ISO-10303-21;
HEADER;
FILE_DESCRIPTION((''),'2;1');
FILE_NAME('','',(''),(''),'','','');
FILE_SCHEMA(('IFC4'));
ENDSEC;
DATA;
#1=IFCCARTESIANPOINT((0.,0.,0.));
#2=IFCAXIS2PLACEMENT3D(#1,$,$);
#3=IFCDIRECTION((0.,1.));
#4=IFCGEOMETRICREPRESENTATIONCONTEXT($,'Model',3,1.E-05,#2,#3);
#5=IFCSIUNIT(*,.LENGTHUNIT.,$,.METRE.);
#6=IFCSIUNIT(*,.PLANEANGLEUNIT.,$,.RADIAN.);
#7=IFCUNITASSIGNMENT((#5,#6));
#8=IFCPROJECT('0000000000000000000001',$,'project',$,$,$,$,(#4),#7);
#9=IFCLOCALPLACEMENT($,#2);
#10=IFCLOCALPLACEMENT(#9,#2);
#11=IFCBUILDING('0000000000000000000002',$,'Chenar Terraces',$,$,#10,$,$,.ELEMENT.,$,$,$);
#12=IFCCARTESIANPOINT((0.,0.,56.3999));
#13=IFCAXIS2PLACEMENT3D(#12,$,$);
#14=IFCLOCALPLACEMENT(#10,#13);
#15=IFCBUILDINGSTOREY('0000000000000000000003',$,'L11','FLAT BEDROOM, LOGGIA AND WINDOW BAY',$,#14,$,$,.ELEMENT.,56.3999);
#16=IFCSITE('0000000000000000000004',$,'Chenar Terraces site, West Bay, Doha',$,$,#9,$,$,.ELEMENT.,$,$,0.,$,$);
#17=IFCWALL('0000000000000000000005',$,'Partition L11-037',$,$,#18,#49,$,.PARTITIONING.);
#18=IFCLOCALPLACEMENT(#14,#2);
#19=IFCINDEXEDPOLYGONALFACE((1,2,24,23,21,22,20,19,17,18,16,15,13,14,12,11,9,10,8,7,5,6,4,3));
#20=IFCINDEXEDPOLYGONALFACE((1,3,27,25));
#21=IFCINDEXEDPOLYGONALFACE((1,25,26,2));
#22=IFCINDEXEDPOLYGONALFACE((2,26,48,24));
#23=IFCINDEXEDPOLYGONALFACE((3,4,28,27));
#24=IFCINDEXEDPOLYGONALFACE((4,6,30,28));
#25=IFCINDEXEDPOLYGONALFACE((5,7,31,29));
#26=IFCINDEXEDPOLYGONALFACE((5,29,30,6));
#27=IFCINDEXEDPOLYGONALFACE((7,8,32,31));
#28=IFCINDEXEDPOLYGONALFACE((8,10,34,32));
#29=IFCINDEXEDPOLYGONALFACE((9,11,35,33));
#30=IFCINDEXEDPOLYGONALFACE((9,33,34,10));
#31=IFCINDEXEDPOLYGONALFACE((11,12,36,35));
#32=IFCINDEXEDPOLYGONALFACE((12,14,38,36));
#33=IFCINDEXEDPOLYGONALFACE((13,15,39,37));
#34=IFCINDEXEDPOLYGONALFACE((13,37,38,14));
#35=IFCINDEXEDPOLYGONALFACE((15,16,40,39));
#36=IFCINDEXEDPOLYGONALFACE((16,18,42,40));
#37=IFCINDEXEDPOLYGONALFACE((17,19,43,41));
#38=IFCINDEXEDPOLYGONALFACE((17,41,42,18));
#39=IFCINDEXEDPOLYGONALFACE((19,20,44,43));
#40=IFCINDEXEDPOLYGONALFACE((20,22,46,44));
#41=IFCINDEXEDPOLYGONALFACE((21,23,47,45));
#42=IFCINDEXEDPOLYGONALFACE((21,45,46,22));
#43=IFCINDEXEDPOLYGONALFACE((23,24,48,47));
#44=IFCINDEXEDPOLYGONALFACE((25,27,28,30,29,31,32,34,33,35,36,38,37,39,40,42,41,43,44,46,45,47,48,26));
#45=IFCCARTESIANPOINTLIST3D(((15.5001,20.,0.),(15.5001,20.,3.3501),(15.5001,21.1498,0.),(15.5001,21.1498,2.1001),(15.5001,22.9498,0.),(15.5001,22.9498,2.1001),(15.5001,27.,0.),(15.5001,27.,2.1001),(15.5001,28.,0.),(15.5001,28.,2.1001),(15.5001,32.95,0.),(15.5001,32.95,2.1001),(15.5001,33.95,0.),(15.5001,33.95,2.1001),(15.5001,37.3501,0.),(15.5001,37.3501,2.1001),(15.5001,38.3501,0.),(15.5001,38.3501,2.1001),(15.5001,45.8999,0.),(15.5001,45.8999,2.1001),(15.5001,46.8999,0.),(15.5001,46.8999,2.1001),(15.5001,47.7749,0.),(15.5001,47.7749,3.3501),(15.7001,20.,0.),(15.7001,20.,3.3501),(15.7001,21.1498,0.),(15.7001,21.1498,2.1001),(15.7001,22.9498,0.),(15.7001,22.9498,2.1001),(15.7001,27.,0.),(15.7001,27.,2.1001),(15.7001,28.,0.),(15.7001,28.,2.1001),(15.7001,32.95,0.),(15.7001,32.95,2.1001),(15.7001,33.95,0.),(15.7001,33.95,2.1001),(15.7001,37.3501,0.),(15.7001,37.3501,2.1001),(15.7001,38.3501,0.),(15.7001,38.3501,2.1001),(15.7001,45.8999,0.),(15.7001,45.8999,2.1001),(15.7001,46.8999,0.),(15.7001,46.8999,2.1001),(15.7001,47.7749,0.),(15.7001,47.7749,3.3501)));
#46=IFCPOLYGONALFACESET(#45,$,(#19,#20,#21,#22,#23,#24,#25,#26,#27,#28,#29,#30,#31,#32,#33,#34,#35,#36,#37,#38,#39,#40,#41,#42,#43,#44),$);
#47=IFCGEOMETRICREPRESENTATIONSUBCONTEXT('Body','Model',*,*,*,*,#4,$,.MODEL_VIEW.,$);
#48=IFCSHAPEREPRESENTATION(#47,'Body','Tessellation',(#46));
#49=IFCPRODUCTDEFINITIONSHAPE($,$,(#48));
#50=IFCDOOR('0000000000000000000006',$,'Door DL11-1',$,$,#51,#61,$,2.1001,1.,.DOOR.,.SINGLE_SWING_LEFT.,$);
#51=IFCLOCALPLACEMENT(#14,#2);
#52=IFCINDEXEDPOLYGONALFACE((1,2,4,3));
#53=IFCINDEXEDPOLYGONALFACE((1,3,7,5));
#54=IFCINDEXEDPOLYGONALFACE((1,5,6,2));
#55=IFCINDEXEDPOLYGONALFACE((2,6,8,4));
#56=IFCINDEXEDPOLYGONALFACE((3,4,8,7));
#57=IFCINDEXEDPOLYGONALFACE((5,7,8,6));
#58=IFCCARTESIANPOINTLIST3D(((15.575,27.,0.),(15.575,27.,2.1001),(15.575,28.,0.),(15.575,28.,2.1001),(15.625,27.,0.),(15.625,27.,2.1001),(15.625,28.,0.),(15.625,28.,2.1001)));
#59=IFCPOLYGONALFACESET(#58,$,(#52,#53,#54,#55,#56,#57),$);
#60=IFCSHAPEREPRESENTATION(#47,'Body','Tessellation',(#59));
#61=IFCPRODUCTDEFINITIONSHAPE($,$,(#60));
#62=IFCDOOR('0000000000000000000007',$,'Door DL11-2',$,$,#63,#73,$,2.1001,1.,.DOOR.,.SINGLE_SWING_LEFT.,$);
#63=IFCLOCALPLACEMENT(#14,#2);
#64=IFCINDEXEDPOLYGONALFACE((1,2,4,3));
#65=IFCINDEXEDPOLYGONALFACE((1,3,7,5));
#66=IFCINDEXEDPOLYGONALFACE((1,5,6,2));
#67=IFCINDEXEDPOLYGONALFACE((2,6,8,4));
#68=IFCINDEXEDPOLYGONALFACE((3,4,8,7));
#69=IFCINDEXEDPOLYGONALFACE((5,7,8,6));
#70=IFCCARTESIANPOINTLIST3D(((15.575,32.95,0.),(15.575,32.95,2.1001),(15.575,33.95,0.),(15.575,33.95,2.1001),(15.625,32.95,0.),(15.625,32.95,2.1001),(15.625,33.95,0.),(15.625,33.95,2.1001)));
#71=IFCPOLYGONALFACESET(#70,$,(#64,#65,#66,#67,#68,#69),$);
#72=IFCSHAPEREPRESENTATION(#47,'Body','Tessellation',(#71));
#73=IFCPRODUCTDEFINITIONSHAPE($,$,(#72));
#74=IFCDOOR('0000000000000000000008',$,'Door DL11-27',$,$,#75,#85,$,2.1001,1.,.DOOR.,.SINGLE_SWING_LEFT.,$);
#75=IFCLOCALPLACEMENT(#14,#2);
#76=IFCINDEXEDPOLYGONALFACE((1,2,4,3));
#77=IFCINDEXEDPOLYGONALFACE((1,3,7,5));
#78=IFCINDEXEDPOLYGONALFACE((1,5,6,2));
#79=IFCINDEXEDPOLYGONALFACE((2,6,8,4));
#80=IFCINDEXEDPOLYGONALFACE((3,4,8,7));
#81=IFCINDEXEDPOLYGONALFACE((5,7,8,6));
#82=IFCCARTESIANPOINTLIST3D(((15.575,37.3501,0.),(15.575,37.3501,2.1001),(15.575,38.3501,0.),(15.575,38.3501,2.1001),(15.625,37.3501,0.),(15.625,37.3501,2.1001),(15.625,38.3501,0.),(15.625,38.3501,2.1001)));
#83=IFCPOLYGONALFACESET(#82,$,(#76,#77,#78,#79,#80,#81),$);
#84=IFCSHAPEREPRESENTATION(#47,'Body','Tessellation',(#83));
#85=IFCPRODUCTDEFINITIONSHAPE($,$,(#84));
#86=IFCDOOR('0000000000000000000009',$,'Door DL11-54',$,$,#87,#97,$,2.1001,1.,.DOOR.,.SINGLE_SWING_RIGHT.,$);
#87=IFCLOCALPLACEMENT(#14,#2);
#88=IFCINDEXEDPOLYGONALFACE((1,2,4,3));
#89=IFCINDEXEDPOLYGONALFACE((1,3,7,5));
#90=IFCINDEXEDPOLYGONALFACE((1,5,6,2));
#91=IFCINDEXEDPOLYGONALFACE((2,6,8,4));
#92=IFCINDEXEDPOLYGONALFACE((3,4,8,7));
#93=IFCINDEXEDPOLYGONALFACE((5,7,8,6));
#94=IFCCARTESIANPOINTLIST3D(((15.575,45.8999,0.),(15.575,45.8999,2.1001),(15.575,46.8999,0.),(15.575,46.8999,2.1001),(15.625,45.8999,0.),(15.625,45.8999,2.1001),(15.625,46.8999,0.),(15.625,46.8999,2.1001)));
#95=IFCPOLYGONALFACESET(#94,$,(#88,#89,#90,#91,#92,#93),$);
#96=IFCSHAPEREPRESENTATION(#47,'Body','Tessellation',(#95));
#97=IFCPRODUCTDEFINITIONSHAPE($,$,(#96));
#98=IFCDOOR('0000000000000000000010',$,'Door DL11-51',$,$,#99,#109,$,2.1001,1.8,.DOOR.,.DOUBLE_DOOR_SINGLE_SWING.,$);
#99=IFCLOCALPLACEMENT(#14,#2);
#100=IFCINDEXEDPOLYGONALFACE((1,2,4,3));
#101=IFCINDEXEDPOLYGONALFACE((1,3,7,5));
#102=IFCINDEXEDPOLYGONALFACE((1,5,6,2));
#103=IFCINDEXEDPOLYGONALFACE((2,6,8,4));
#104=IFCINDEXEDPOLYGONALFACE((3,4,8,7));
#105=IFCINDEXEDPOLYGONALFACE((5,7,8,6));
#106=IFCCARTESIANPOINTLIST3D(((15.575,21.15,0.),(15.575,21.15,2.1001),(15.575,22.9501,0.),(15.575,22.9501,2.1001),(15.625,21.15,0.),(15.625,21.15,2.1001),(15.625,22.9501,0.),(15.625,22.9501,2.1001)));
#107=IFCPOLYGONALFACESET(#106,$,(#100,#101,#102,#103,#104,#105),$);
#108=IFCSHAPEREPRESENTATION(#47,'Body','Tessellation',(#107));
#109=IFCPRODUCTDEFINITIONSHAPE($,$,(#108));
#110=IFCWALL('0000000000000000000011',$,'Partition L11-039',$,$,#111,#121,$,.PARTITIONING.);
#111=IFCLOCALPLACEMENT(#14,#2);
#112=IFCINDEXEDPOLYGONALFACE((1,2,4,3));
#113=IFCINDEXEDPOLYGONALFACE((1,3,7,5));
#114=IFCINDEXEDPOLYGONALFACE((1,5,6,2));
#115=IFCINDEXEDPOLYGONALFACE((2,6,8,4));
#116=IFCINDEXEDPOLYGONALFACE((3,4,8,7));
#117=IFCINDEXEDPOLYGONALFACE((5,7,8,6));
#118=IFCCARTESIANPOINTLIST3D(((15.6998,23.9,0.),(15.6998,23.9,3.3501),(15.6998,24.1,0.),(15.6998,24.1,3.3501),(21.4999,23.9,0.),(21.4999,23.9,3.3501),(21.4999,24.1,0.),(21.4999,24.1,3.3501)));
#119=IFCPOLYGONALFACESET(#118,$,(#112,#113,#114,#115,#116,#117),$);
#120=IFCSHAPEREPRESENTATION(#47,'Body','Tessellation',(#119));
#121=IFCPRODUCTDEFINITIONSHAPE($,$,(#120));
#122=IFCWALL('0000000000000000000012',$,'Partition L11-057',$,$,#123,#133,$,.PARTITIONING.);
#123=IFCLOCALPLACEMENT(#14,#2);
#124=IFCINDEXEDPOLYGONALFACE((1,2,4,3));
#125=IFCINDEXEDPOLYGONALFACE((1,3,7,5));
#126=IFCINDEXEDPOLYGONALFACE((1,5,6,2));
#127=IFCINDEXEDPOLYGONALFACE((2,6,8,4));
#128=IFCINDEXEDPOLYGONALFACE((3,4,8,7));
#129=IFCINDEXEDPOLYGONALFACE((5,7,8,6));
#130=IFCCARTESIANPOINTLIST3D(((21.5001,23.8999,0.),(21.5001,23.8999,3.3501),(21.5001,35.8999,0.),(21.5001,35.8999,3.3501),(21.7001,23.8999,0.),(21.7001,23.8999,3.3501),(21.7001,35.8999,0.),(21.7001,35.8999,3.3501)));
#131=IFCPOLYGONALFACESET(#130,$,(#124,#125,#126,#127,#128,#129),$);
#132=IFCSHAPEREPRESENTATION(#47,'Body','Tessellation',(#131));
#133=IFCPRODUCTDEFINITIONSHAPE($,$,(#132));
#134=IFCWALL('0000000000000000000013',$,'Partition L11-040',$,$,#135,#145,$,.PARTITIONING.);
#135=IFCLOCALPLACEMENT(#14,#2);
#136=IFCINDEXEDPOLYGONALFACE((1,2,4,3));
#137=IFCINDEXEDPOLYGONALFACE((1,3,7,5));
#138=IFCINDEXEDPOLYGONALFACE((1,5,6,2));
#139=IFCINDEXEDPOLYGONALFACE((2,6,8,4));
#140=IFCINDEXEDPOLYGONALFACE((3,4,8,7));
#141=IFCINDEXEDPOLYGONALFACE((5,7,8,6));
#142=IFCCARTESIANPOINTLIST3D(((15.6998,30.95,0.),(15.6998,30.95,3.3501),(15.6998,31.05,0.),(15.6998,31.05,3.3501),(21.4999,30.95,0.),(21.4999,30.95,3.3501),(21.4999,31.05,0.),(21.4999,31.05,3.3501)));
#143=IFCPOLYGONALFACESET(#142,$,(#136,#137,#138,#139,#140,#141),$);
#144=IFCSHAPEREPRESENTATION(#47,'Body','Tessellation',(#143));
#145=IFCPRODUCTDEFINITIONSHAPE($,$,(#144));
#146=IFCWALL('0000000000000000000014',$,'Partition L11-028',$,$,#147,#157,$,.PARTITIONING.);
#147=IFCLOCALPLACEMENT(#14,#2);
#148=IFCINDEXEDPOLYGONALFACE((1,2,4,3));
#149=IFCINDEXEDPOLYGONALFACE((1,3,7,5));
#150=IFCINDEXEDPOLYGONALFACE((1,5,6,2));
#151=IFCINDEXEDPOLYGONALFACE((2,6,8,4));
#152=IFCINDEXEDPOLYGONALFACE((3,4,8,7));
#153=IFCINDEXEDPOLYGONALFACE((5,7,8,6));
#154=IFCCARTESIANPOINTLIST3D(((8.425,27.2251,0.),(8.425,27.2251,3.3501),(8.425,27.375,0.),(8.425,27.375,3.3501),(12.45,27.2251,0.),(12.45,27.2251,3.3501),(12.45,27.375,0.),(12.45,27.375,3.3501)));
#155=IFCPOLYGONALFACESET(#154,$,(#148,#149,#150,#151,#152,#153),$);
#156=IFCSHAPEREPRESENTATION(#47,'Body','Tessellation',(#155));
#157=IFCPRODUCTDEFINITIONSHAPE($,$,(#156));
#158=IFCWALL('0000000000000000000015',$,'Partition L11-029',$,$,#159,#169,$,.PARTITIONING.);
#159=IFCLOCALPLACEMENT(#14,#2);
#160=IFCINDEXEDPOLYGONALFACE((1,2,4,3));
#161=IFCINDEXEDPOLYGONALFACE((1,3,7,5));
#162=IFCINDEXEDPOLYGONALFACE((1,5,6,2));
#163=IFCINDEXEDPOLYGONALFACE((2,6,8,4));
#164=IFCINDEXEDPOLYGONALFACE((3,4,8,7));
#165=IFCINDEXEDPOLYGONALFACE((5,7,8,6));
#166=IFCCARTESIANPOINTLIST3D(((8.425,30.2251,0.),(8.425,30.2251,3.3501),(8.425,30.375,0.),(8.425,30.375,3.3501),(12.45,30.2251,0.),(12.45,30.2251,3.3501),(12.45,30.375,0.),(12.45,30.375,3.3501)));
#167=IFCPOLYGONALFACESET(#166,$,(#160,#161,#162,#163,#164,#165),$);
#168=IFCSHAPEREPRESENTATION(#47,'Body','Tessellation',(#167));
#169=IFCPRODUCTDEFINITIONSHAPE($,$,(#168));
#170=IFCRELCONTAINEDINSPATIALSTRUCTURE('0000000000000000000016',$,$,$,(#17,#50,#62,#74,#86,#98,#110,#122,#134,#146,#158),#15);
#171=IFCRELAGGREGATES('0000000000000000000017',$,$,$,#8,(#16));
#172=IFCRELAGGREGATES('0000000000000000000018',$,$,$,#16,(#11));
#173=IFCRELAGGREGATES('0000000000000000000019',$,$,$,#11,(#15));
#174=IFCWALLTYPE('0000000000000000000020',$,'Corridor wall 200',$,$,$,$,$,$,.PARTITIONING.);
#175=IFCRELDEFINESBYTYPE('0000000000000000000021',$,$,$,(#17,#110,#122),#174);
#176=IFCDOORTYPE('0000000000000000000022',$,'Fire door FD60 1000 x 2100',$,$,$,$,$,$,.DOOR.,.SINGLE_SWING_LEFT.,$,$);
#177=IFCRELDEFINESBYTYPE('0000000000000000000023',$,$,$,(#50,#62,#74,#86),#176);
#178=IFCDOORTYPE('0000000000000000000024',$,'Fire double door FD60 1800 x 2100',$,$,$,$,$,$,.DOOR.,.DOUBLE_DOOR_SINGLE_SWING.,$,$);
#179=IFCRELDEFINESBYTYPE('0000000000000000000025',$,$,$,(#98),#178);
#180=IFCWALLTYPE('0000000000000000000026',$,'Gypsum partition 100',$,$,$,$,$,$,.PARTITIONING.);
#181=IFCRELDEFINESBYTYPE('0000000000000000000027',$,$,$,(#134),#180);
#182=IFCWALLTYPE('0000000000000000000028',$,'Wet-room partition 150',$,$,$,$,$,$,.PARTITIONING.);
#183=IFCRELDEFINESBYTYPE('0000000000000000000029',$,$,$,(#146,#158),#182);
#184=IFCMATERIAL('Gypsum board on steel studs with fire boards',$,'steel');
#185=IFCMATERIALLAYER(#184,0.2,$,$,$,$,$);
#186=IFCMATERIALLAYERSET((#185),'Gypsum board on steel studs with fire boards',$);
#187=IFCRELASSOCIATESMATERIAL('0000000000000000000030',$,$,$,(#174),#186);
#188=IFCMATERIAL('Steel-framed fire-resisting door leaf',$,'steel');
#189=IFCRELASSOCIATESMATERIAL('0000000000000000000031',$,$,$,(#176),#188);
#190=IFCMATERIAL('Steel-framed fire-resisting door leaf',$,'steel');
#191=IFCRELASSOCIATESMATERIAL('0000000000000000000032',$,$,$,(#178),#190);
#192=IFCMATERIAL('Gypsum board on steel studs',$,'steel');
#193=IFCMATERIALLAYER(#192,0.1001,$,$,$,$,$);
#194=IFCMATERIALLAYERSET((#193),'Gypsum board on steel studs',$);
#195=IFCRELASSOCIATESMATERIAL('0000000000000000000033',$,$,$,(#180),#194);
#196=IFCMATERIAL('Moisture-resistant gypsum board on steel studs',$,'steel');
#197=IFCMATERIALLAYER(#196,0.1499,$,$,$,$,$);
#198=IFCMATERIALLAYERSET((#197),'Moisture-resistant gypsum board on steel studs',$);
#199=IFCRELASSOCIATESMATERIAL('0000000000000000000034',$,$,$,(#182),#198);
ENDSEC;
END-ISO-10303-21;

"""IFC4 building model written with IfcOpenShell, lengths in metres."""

from ifc_helpers import new_model, si_unit, direction, frame, frame_2d, origin, place, context, subcontext, project, spatial, rectangle, extrude, material, layer, layer_set, type_object, element, fill, save


model = new_model("IFC4")

# Units and contexts
model_context = context("Model", 3, precision=1e-05, world=origin(), true_north=direction((0.0, 1.0)))
body_context = subcontext(model_context, "Body", "Model", "MODEL_VIEW")
ifc_project = project(units=[si_unit("LENGTHUNIT", "METRE"), si_unit("PLANEANGLEUNIT", "RADIAN")], contexts=[model_context])

# Site, building, storey
site_placement = place(None, origin())
site = spatial("IfcSite", under=ifc_project, at=site_placement, Name="Chenar Terraces site, West Bay, Doha", CompositionType="ELEMENT", RefElevation=0.0)
building_placement = place(site_placement, origin())
building = spatial("IfcBuilding", under=site, at=building_placement, Name="Chenar Terraces", CompositionType="ELEMENT")
storey_placement = place(building_placement, frame((0.0, 0.0, 56.3999)))
storey = spatial("IfcBuildingStorey", under=building, at=storey_placement, Name="L11", Description="FLAT BEDROOM, LOGGIA AND WINDOW BAY", CompositionType="ELEMENT", Elevation=56.3999)

# Wall, openings, doors
ifc_material_1 = material(Name="Gypsum board on steel studs with fire boards", Category="steel")
ifc_layer_1 = layer(ifc_material_1, 0.2)
ifc_layer_set_1 = layer_set([ifc_layer_1], Name="Gypsum board on steel studs with fire boards")
wall_type_1 = type_object("IfcWallType", Name="Corridor wall 200", PredefinedType="PARTITIONING", material=ifc_layer_set_1)
wall_1_placement = place(storey_placement, frame((15.6001, 20.0, 0.0), z_axis=(0.0, 0.0, 1.0), x_axis=(0.0, 1.0, 0.0)))
wall_1 = element("IfcWall", 1, at=wall_1_placement, inside=storey, type_object=wall_type_1, Name="Partition L11-037", PredefinedType="PARTITIONING", context=body_context, shape_type="SweptSolid", body=[
    extrude(rectangle(XDim=27.7749, YDim=0.2, at=frame_2d((13.8875, 0.0))), origin(), (0.0, 0.0, 1.0), 3.3501),
])
opening_1_placement = place(wall_1_placement, frame((7.0, 0.0, 0.0)))
opening_1 = element("IfcOpeningElement", 2, at=opening_1_placement, cuts=wall_1, PredefinedType="OPENING", context=body_context, shape_type="SweptSolid", body=[
    extrude(rectangle(XDim=1.0, YDim=2.1001, at=frame_2d((0.5, 1.05))), frame((0.0, 0.1099, 0.0), z_axis=(0.0, -1.0, 0.0), x_axis=(1.0, 0.0, 0.0)), (0.0, 0.0, 1.0), 0.22),
])
opening_2_placement = place(wall_1_placement, frame((12.95, 0.0, 0.0)))
opening_2 = element("IfcOpeningElement", 3, at=opening_2_placement, cuts=wall_1, PredefinedType="OPENING", context=body_context, shape_type="SweptSolid", body=[
    extrude(rectangle(XDim=1.0, YDim=2.1001, at=frame_2d((0.5, 1.05))), frame((0.0, 0.1099, 0.0), z_axis=(0.0, -1.0, 0.0), x_axis=(1.0, 0.0, 0.0)), (0.0, 0.0, 1.0), 0.22),
])
opening_3_placement = place(wall_1_placement, frame((17.3501, 0.0, 0.0)))
opening_3 = element("IfcOpeningElement", 4, at=opening_3_placement, cuts=wall_1, PredefinedType="OPENING", context=body_context, shape_type="SweptSolid", body=[
    extrude(rectangle(XDim=1.0, YDim=2.1001, at=frame_2d((0.5, 1.05))), frame((0.0, 0.1099, 0.0), z_axis=(0.0, -1.0, 0.0), x_axis=(1.0, 0.0, 0.0)), (0.0, 0.0, 1.0), 0.22),
])
opening_4_placement = place(wall_1_placement, frame((1.1499, 0.0, 0.0)))
opening_4 = element("IfcOpeningElement", 5, at=opening_4_placement, cuts=wall_1, PredefinedType="OPENING", context=body_context, shape_type="SweptSolid", body=[
    extrude(rectangle(XDim=1.8, YDim=2.1001, at=frame_2d((0.8999, 1.05))), frame((0.0, 0.1099, 0.0), z_axis=(0.0, -1.0, 0.0), x_axis=(1.0, 0.0, 0.0)), (0.0, 0.0, 1.0), 0.22),
])
opening_5_placement = place(wall_1_placement, frame((25.8999, 0.0, 0.0)))
opening_5 = element("IfcOpeningElement", 6, at=opening_5_placement, cuts=wall_1, PredefinedType="OPENING", context=body_context, shape_type="SweptSolid", body=[
    extrude(rectangle(XDim=1.0, YDim=2.1001, at=frame_2d((0.5, 1.05))), frame((0.0, 0.1099, 0.0), z_axis=(0.0, -1.0, 0.0), x_axis=(1.0, 0.0, 0.0)), (0.0, 0.0, 1.0), 0.22),
])
ifc_material_2 = material(Name="Steel-framed fire-resisting door leaf", Category="steel")
door_type_1 = type_object("IfcDoorType", Name="Fire door FD60 1000 x 2100", OperationType="SINGLE_SWING_LEFT", PredefinedType="DOOR", material=ifc_material_2)
door_1_placement = place(opening_1_placement, frame((1.0, 0.0, 0.0), z_axis=(0.0, 0.0, 1.0), x_axis=(-1.0, 0.0, 0.0)))
door_1 = element("IfcDoor", 7, at=door_1_placement, inside=storey, type_object=door_type_1, Name="Door DL11-1", OperationType="SINGLE_SWING_LEFT", OverallHeight=2.1001, OverallWidth=1.0, PredefinedType="DOOR", context=body_context, shape_type="SweptSolid", body=[
    extrude(rectangle(XDim=1.0, YDim=2.1001, at=frame_2d((0.5, 1.05))), frame((0.0, 0.0249, 0.0), z_axis=(0.0, -1.0, 0.0), x_axis=(1.0, 0.0, 0.0)), (0.0, 0.0, 1.0), 0.05),
])
fill(opening_1, door_1)
door_2_placement = place(opening_2_placement, frame((1.0, 0.0, 0.0), z_axis=(0.0, 0.0, 1.0), x_axis=(-1.0, 0.0, 0.0)))
door_2 = element("IfcDoor", 8, at=door_2_placement, inside=storey, type_object=door_type_1, Name="Door DL11-2", OperationType="SINGLE_SWING_LEFT", OverallHeight=2.1001, OverallWidth=1.0, PredefinedType="DOOR", context=body_context, shape_type="SweptSolid", body=[
    extrude(rectangle(XDim=1.0, YDim=2.1001, at=frame_2d((0.5, 1.05))), frame((0.0, 0.0249, 0.0), z_axis=(0.0, -1.0, 0.0), x_axis=(1.0, 0.0, 0.0)), (0.0, 0.0, 1.0), 0.05),
])
fill(opening_2, door_2)
door_3_placement = place(opening_3_placement, frame((1.0, 0.0, 0.0), z_axis=(0.0, 0.0, 1.0), x_axis=(-1.0, 0.0, 0.0)))
door_3 = element("IfcDoor", 9, at=door_3_placement, inside=storey, type_object=door_type_1, Name="Door DL11-27", OperationType="SINGLE_SWING_LEFT", OverallHeight=2.1001, OverallWidth=1.0, PredefinedType="DOOR", context=body_context, shape_type="SweptSolid", body=[
    extrude(rectangle(XDim=1.0, YDim=2.1001, at=frame_2d((0.5, 1.05))), frame((0.0, 0.0249, 0.0), z_axis=(0.0, -1.0, 0.0), x_axis=(1.0, 0.0, 0.0)), (0.0, 0.0, 1.0), 0.05),
])
fill(opening_3, door_3)
door_4_placement = place(opening_5_placement, frame((1.0, 0.0, 0.0), z_axis=(0.0, 0.0, 1.0), x_axis=(-1.0, 0.0, 0.0)))
door_4 = element("IfcDoor", 10, at=door_4_placement, inside=storey, type_object=door_type_1, Name="Door DL11-54", OperationType="SINGLE_SWING_RIGHT", OverallHeight=2.1001, OverallWidth=1.0, PredefinedType="DOOR", context=body_context, shape_type="SweptSolid", body=[
    extrude(rectangle(XDim=1.0, YDim=2.1001, at=frame_2d((0.5, 1.05))), frame((0.0, 0.0249, 0.0), z_axis=(0.0, -1.0, 0.0), x_axis=(1.0, 0.0, 0.0)), (0.0, 0.0, 1.0), 0.05),
])
fill(opening_5, door_4)
ifc_material_3 = material(Name="Steel-framed fire-resisting door leaf", Category="steel")
door_type_2 = type_object("IfcDoorType", Name="Fire double door FD60 1800 x 2100", OperationType="DOUBLE_DOOR_SINGLE_SWING", PredefinedType="DOOR", material=ifc_material_3)
door_5_placement = place(opening_4_placement, frame((1.8, 0.0, 0.0), z_axis=(0.0, 0.0, 1.0), x_axis=(-1.0, 0.0, 0.0)))
door_5 = element("IfcDoor", 11, at=door_5_placement, inside=storey, type_object=door_type_2, Name="Door DL11-51", OperationType="DOUBLE_DOOR_SINGLE_SWING", OverallHeight=2.1001, OverallWidth=1.8, PredefinedType="DOOR", context=body_context, shape_type="SweptSolid", body=[
    extrude(rectangle(XDim=1.8, YDim=2.1001, at=frame_2d((0.8999, 1.05))), frame((0.0, 0.0249, 0.0), z_axis=(0.0, -1.0, 0.0), x_axis=(1.0, 0.0, 0.0)), (0.0, 0.0, 1.0), 0.05),
])
fill(opening_4, door_5)

# Walls
wall_2_placement = place(storey_placement, frame((15.7, 24.0, 0.0), z_axis=(0.0, 0.0, 1.0), x_axis=(1.0, 0.0, 0.0)))
element("IfcWall", 12, at=wall_2_placement, inside=storey, type_object=wall_type_1, Name="Partition L11-039", PredefinedType="PARTITIONING", context=body_context, shape_type="SweptSolid", body=[
    extrude(rectangle(XDim=5.8, YDim=0.2, at=frame_2d((2.8999, 0.0))), origin(), (0.0, 0.0, 1.0), 3.3501),
])
wall_3_placement = place(storey_placement, frame((21.6001, 23.8999, 0.0), z_axis=(0.0, 0.0, 1.0), x_axis=(0.0, 1.0, 0.0)))
element("IfcWall", 13, at=wall_3_placement, inside=storey, type_object=wall_type_1, Name="Partition L11-057", PredefinedType="PARTITIONING", context=body_context, shape_type="SweptSolid", body=[
    extrude(rectangle(XDim=12.0, YDim=0.2, at=frame_2d((6.0, 0.0))), origin(), (0.0, 0.0, 1.0), 3.3501),
])
ifc_material_4 = material(Name="Gypsum board on steel studs", Category="steel")
ifc_layer_2 = layer(ifc_material_4, 0.1001)
ifc_layer_set_2 = layer_set([ifc_layer_2], Name="Gypsum board on steel studs")
wall_type_2 = type_object("IfcWallType", Name="Gypsum partition 100", PredefinedType="PARTITIONING", material=ifc_layer_set_2)
wall_4_placement = place(storey_placement, frame((15.7, 31.0, 0.0), z_axis=(0.0, 0.0, 1.0), x_axis=(1.0, 0.0, 0.0)))
element("IfcWall", 14, at=wall_4_placement, inside=storey, type_object=wall_type_2, Name="Partition L11-040", PredefinedType="PARTITIONING", context=body_context, shape_type="SweptSolid", body=[
    extrude(rectangle(XDim=5.8, YDim=0.1001, at=frame_2d((2.8999, 0.0))), origin(), (0.0, 0.0, 1.0), 3.3501),
])
ifc_material_5 = material(Name="Moisture-resistant gypsum board on steel studs", Category="steel")
ifc_layer_3 = layer(ifc_material_5, 0.1499)
ifc_layer_set_3 = layer_set([ifc_layer_3], Name="Moisture-resistant gypsum board on steel studs")
wall_type_3 = type_object("IfcWallType", Name="Wet-room partition 150", PredefinedType="PARTITIONING", material=ifc_layer_set_3)
for number, where, z_axis, x_axis, name in (
    (15, (8.425, 27.3, 0.0), (0.0, 0.0, 1.0), (1.0, 0.0, 0.0), "Partition L11-028"),
    (16, (8.425, 30.3, 0.0), (0.0, 0.0, 1.0), (1.0, 0.0, 0.0), "Partition L11-029"),
):
    element("IfcWall", number, at=place(storey_placement, frame(where, z_axis=z_axis, x_axis=x_axis)), inside=storey, type_object=wall_type_3, Name=name, PredefinedType="PARTITIONING", context=body_context, shape_type="SweptSolid", body=[
        extrude(rectangle(XDim=4.0249, YDim=0.1499, at=frame_2d((2.0125, 0.0))), origin(), (0.0, 0.0, 1.0), 3.3501),
    ])

save(model, "model.ifc")
